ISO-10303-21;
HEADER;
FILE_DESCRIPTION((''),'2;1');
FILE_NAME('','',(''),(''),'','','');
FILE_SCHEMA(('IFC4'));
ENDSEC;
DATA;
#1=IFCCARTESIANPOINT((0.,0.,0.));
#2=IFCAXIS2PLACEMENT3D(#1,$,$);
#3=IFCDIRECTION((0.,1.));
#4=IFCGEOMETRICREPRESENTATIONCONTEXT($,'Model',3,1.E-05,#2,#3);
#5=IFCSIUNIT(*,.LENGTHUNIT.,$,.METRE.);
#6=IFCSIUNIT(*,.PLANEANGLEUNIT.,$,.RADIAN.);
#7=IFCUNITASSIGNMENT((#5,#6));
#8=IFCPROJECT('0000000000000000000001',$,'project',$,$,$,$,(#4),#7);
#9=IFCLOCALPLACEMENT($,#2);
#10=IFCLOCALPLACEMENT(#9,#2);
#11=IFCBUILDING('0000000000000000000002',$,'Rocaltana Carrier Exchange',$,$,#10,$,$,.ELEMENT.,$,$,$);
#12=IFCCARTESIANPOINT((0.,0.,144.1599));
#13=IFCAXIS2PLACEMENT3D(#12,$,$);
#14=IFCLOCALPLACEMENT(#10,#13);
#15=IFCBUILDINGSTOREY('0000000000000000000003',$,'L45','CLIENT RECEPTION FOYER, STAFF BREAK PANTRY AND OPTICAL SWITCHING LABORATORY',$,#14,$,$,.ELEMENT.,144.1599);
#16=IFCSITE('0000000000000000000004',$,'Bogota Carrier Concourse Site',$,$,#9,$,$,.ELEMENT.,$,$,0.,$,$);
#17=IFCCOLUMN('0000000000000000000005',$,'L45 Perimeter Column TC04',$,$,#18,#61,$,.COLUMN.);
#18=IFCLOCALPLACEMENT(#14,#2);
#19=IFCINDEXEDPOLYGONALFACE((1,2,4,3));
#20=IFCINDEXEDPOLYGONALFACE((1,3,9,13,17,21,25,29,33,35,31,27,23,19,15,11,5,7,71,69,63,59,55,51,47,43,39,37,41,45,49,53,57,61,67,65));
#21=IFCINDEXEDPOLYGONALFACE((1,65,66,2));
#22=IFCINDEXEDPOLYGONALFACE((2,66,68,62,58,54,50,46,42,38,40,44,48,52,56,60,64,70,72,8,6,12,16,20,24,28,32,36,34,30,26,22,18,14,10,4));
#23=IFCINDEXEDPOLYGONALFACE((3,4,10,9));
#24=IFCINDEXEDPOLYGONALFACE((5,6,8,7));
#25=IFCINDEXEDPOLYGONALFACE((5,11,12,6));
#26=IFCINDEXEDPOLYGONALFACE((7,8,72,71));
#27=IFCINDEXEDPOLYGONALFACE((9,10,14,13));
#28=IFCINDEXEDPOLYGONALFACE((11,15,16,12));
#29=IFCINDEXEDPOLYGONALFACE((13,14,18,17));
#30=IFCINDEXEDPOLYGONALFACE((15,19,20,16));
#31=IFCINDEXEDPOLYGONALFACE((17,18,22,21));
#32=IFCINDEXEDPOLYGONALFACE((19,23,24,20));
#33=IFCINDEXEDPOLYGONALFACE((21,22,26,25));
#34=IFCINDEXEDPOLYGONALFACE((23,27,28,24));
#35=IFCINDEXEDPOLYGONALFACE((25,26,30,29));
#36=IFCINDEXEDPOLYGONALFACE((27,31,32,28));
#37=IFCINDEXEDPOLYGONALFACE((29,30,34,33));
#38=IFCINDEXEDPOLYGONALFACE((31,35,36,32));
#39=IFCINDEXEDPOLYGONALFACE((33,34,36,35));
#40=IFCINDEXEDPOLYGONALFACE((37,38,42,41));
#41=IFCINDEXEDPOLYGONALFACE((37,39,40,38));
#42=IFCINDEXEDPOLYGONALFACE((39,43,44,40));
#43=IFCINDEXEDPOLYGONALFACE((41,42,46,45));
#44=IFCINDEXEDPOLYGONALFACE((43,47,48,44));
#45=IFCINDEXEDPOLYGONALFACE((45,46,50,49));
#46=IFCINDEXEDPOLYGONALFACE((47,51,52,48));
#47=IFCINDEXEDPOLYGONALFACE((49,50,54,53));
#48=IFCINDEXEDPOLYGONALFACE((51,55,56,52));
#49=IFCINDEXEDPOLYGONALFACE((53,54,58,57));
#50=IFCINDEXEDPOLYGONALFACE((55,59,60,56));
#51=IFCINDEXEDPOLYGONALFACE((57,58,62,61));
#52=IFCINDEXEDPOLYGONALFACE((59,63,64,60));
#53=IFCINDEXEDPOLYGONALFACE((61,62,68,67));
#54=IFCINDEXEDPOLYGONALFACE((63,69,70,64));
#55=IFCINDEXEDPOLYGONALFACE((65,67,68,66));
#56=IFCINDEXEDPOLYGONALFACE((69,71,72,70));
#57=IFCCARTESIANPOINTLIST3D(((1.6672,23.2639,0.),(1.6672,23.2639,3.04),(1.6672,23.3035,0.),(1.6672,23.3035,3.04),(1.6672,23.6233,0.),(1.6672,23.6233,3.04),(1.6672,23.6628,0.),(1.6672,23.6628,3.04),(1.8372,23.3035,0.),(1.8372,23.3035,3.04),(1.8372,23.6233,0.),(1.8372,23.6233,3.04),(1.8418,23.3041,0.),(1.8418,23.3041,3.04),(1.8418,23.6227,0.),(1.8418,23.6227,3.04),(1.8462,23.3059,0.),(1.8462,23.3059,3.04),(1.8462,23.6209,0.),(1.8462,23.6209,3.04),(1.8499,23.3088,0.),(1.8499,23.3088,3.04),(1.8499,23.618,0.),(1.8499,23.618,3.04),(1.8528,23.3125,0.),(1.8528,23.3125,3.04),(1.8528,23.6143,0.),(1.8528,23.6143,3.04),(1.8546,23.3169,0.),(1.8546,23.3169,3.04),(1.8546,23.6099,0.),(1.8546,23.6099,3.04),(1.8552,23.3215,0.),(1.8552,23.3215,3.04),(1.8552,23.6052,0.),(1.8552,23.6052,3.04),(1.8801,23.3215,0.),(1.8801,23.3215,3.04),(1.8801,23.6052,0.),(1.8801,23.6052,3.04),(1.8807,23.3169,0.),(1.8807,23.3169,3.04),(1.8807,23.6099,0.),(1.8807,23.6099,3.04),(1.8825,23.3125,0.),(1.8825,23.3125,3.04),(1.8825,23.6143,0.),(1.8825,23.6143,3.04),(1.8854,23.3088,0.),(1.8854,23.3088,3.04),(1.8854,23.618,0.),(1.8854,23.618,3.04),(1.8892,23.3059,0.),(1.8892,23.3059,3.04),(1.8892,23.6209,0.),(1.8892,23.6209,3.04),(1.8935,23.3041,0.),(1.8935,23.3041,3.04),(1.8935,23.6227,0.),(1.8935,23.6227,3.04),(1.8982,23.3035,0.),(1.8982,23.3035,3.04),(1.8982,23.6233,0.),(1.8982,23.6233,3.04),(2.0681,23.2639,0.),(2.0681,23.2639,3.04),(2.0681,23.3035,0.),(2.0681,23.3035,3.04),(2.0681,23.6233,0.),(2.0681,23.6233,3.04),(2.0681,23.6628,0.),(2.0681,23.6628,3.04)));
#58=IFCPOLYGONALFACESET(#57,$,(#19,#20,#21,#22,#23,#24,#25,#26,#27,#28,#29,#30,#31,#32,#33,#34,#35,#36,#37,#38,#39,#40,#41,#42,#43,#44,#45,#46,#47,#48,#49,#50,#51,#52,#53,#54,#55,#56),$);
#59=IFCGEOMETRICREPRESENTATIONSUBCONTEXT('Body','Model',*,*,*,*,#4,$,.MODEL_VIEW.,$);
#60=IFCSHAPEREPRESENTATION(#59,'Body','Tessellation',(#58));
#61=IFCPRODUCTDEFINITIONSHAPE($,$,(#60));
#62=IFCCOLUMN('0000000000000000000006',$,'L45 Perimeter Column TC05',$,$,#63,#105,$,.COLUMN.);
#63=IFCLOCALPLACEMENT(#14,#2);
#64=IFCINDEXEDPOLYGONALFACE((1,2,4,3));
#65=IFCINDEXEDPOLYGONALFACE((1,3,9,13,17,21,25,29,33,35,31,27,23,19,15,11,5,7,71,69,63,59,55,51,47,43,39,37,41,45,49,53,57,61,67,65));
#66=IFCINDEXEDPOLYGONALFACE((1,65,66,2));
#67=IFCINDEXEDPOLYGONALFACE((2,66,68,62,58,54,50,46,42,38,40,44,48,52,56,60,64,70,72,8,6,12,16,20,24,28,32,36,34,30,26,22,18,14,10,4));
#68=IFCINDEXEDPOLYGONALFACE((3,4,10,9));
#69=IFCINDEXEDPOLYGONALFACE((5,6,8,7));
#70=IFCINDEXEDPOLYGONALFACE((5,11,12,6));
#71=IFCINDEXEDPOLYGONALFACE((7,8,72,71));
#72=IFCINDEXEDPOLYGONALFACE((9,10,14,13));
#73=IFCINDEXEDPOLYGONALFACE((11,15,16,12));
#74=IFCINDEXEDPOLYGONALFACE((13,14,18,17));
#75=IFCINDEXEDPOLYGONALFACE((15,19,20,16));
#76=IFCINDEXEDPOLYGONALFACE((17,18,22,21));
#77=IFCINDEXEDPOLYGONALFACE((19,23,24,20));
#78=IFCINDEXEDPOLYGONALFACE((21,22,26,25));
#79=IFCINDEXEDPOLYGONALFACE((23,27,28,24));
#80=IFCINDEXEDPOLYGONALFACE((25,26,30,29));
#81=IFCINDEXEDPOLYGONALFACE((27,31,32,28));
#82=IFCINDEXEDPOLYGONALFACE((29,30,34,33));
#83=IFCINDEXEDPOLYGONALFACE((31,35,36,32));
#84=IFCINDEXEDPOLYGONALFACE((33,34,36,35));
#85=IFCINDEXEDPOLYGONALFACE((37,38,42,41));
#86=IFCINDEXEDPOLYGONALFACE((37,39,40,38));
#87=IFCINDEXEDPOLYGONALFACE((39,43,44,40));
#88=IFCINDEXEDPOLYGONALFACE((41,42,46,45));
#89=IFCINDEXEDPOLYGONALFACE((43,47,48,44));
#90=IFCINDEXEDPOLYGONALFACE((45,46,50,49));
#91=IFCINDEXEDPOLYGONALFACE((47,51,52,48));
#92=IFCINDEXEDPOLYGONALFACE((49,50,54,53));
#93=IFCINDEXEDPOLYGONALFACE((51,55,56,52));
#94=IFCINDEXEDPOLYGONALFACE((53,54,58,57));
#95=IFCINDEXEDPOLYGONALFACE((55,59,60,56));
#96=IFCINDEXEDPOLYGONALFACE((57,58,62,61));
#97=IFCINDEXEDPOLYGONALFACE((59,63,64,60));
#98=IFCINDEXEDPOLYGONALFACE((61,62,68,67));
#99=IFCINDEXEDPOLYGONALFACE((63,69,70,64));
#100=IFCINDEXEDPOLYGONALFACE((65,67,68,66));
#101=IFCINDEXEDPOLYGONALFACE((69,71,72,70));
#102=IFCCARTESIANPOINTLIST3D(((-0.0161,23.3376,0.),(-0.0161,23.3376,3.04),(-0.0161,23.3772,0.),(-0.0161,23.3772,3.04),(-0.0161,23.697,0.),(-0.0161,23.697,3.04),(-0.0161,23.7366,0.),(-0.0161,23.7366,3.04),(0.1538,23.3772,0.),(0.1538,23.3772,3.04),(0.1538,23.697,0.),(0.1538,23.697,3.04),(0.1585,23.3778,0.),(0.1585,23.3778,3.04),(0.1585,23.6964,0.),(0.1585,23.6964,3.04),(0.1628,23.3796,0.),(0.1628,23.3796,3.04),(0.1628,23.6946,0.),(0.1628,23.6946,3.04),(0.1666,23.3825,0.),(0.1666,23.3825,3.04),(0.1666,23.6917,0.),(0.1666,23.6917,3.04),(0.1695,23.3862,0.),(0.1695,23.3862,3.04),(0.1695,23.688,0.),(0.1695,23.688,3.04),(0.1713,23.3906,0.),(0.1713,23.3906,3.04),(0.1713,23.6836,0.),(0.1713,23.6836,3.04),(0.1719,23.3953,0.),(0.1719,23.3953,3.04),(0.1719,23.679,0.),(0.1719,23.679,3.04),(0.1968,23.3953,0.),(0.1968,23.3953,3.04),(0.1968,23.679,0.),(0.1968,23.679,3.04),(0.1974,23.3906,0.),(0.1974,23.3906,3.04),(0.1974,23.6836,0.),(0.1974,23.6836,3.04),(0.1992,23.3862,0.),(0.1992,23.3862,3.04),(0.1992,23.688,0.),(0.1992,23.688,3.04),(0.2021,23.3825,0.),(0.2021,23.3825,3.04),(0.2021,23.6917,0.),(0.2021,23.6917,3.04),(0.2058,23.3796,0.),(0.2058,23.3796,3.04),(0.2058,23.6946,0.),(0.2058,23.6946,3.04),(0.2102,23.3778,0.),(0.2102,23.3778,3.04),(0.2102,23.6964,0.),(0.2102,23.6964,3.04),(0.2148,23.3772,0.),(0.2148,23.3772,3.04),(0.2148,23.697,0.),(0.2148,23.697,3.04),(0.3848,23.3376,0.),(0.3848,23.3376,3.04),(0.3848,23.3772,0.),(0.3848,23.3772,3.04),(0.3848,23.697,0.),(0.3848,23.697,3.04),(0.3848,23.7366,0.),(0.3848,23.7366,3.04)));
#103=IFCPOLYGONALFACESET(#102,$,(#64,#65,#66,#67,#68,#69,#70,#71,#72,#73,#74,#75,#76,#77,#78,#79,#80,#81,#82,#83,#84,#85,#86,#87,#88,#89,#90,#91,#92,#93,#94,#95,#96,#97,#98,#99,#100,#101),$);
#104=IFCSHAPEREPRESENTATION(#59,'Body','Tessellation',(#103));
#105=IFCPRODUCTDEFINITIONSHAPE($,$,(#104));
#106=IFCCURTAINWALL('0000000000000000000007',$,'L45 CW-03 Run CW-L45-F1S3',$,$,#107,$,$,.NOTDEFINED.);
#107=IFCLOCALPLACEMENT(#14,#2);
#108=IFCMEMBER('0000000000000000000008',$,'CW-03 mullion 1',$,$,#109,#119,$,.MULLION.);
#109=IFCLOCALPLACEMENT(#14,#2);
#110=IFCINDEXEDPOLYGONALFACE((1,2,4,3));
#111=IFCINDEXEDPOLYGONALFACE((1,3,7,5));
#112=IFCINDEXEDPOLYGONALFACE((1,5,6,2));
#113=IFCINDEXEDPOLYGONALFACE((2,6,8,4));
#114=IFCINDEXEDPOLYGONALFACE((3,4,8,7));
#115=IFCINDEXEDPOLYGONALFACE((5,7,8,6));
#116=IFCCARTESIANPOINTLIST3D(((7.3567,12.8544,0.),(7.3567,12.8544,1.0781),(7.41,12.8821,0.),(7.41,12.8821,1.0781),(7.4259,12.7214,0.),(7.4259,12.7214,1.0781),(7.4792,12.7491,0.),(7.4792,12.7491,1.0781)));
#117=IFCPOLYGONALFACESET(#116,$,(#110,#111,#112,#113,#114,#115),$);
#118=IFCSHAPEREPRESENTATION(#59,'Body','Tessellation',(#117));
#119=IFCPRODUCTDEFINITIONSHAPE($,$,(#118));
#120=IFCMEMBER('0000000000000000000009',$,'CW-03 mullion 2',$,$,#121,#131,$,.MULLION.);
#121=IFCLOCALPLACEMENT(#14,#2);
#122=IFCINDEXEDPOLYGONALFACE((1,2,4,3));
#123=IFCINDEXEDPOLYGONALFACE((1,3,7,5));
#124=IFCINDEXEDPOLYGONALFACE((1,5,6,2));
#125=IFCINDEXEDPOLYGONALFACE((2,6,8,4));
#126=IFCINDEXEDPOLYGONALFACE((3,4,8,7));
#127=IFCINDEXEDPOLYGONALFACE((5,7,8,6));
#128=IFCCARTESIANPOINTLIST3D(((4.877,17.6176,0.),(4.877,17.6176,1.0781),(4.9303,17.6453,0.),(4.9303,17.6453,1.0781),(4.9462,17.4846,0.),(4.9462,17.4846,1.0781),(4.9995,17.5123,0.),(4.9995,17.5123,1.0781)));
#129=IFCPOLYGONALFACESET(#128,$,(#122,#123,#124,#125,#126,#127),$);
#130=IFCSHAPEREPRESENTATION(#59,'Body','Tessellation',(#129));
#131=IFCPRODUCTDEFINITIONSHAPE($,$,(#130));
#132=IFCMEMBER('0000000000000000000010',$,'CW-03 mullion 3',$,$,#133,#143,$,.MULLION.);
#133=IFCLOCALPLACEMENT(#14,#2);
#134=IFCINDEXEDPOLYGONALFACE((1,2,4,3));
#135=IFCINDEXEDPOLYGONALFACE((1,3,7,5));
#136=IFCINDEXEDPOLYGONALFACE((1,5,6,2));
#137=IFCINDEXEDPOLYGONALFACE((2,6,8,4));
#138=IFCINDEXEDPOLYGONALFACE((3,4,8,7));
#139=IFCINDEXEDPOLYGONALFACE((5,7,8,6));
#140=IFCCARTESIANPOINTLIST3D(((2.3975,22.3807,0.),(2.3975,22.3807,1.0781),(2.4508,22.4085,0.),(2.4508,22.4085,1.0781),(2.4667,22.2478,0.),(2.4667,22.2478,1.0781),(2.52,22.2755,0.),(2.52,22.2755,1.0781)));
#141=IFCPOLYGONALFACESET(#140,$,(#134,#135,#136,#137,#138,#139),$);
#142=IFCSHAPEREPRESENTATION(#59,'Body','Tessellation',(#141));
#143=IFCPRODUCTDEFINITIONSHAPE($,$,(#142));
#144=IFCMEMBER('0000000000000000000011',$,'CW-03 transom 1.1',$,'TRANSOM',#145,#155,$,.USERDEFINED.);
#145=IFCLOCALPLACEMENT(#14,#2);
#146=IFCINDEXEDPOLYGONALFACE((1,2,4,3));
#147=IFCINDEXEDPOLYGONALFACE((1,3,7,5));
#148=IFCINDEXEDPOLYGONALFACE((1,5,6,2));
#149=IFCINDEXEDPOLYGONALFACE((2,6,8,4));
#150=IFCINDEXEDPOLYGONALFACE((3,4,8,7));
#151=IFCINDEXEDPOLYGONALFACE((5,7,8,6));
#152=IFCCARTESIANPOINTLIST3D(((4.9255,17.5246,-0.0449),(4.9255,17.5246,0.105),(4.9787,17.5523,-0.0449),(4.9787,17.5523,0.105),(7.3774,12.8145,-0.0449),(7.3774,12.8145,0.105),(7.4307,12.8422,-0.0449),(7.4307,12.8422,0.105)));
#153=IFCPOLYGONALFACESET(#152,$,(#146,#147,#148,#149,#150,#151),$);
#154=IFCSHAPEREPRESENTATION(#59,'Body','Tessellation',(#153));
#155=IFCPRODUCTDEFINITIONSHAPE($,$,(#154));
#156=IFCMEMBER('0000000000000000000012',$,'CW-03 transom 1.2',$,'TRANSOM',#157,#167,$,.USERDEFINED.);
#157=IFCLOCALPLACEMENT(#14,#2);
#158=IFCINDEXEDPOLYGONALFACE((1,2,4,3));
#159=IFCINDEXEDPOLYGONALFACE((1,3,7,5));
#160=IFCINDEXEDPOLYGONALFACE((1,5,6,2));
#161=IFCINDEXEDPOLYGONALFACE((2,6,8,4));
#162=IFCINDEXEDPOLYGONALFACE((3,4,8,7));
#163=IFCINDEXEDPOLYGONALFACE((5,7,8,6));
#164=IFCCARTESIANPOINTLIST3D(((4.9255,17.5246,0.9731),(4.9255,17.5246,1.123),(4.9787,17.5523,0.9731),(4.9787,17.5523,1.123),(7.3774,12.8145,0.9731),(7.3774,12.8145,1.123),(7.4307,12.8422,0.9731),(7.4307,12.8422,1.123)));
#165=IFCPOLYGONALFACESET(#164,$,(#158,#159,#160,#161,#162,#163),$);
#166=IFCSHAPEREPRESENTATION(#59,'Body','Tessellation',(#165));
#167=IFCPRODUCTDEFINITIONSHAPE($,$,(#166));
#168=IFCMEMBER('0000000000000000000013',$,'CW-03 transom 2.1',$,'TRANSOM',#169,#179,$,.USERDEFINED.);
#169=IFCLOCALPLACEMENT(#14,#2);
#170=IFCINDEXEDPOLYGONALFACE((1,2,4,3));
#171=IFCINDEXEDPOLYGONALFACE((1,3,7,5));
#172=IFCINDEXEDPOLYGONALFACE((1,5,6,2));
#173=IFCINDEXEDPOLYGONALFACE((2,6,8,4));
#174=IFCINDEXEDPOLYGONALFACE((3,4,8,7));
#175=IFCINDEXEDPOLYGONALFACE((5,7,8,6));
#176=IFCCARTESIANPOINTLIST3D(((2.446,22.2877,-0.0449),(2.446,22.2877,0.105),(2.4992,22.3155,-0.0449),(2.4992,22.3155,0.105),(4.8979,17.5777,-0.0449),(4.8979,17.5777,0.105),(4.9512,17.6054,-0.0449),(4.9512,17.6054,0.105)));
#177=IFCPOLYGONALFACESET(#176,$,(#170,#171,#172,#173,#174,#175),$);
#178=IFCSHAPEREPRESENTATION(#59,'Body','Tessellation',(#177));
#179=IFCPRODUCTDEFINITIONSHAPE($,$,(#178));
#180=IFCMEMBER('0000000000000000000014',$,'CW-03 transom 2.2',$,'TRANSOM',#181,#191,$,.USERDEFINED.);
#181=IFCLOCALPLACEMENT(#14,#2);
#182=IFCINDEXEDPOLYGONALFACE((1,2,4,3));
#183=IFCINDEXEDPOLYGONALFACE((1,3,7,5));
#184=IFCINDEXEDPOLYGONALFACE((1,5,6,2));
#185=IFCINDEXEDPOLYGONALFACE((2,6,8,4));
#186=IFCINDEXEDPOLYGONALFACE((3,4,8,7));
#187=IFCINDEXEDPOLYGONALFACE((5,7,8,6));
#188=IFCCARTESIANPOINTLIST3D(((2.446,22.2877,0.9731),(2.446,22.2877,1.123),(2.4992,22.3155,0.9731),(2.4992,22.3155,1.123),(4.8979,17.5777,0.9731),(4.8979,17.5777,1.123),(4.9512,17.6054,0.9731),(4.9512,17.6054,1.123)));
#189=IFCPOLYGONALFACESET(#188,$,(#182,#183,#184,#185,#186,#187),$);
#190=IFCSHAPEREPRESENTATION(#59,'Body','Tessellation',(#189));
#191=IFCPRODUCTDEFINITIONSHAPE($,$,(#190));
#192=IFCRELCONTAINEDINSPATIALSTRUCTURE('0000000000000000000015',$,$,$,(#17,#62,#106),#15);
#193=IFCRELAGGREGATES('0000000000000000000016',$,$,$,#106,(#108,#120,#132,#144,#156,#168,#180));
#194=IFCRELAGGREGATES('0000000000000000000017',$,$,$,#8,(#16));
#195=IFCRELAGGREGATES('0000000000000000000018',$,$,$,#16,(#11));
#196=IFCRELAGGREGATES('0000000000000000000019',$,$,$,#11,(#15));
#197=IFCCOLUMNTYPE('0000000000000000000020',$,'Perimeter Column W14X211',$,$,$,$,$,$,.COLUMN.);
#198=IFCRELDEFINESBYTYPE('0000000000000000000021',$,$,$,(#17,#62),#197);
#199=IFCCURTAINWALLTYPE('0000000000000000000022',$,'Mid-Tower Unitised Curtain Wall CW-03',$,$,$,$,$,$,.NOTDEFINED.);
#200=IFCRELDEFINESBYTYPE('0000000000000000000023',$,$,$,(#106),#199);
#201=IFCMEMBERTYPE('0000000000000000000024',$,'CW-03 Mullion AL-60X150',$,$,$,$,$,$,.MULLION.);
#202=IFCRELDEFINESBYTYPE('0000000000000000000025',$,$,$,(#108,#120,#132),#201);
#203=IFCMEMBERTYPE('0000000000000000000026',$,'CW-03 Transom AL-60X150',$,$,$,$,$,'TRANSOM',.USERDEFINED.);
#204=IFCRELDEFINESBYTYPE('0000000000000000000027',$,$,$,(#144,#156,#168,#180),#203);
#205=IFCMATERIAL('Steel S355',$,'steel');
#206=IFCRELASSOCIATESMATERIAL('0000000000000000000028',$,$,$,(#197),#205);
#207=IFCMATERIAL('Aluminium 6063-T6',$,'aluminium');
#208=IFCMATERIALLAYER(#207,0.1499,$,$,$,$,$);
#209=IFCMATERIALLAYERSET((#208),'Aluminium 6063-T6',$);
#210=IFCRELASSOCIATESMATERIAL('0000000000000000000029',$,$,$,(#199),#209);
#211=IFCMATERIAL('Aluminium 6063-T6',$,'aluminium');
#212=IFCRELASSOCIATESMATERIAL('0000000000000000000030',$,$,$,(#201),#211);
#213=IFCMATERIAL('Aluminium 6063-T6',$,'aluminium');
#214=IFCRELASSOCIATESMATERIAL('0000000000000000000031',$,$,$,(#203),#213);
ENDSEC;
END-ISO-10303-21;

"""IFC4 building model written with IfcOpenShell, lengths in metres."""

from ifc_helpers import new_model, si_unit, direction, frame, origin, origin_2d, place, context, subcontext, project, spatial, rectangle, i_section, extrude, material, layer, layer_set, material_profile, profile_set, type_object, element, aggregate, save


model = new_model("IFC4")

# Units and contexts
model_context = context("Model", 3, precision=1e-05, world=origin(), true_north=direction((0.0, 1.0)))
body_context = subcontext(model_context, "Body", "Model", "MODEL_VIEW")
ifc_project = project(units=[si_unit("LENGTHUNIT", "METRE"), si_unit("PLANEANGLEUNIT", "RADIAN")], contexts=[model_context])

# Site, building, storey
site_placement = place(None, origin())
site = spatial("IfcSite", under=ifc_project, at=site_placement, Name="Bogota Carrier Concourse Site", CompositionType="ELEMENT", RefElevation=0.0)
building_placement = place(site_placement, origin())
building = spatial("IfcBuilding", under=site, at=building_placement, Name="Rocaltana Carrier Exchange", CompositionType="ELEMENT")
storey_placement = place(building_placement, frame((0.0, 0.0, 144.1599)))
storey = spatial("IfcBuildingStorey", under=building, at=storey_placement, Name="L45", Description="CLIENT RECEPTION FOYER, STAFF BREAK PANTRY AND OPTICAL SWITCHING LABORATORY", CompositionType="ELEMENT", Elevation=144.1599)

# Columns
ifc_material_1 = material(Name="Steel S355", Category="steel")
ifc_material_profile_1 = material_profile(ifc_material_1, i_section(OverallWidth=0.4009, OverallDepth=0.3989, WebThickness=0.0249, FlangeThickness=0.0396, FilletRadius=0.0181, at=origin_2d()), Name="W14X211")
ifc_profile_set_1 = profile_set([ifc_material_profile_1], Name="Steel S355")
column_type = type_object("IfcColumnType", Name="Perimeter Column W14X211", PredefinedType="COLUMN", material=ifc_profile_set_1)
for number, where, z_axis, x_axis, name in (
    (1, (1.8677, 23.4634, 0.0), (0.0, 0.0, 1.0), (1.0, 0.0, 0.0), "L45 Perimeter Column TC04"),
    (2, (0.1843, 23.5371, 0.0), (0.0, 0.0, 1.0), (1.0, 0.0, 0.0), "L45 Perimeter Column TC05"),
):
    element("IfcColumn", number, at=place(storey_placement, frame(where, z_axis=z_axis, x_axis=x_axis)), inside=storey, type_object=column_type, Name=name, PredefinedType="COLUMN", context=body_context, shape_type="SweptSolid", body=[
        extrude(i_section(OverallWidth=0.4009, OverallDepth=0.3989, WebThickness=0.0249, FlangeThickness=0.0396, FilletRadius=0.0181, at=origin_2d()), origin(), (0.0, 0.0, 1.0), 3.04),
    ])

# Curtain wall, members
ifc_material_2 = material(Name="Aluminium 6063-T6", Category="aluminium")
ifc_layer_1 = layer(ifc_material_2, 0.1499)
ifc_layer_set_1 = layer_set([ifc_layer_1], Name="Aluminium 6063-T6")
curtain_wall_type = type_object("IfcCurtainWallType", Name="Mid-Tower Unitised Curtain Wall CW-03", PredefinedType="NOTDEFINED", material=ifc_layer_set_1)
curtain_wall_placement = place(storey_placement, origin())
curtain_wall = element("IfcCurtainWall", 3, at=curtain_wall_placement, inside=storey, type_object=curtain_wall_type, Name="L45 CW-03 Run CW-L45-F1S3", PredefinedType="NOTDEFINED")
ifc_material_3 = material(Name="Aluminium 6063-T6", Category="aluminium")
ifc_material_profile_2 = material_profile(ifc_material_3, rectangle(XDim=0.0601, YDim=0.1499, at=origin_2d()), Name="AL-60X150")
ifc_profile_set_2 = profile_set([ifc_material_profile_2], Name="Aluminium 6063-T6")
member_type_1 = type_object("IfcMemberType", Name="CW-03 Mullion AL-60X150", PredefinedType="MULLION", material=ifc_profile_set_2)
member_1_placement = place(storey_placement, frame((7.418, 12.8018, 0.0), z_axis=(0.0, 0.0, 1.0), x_axis=(-0.887008, -0.461754, 0.0)))
member_1 = element("IfcMember", 4, at=member_1_placement, type_object=member_type_1, Name="CW-03 mullion 1", PredefinedType="MULLION", context=body_context, shape_type="SweptSolid", body=[
    extrude(rectangle(XDim=0.0601, YDim=0.1499, at=origin_2d()), origin(), (0.0, 0.0, 1.0), 1.0781),
])
member_2_placement = place(storey_placement, frame((4.9382, 17.5649, 0.0), z_axis=(0.0, 0.0, 1.0), x_axis=(-0.887008, -0.461754, 0.0)))
member_2 = element("IfcMember", 5, at=member_2_placement, type_object=member_type_1, Name="CW-03 mullion 2", PredefinedType="MULLION", context=body_context, shape_type="SweptSolid", body=[
    extrude(rectangle(XDim=0.0601, YDim=0.1499, at=origin_2d()), origin(), (0.0, 0.0, 1.0), 1.0781),
])
member_3_placement = place(storey_placement, frame((2.4587, 22.3281, 0.0), z_axis=(0.0, 0.0, 1.0), x_axis=(-0.887008, -0.461754, 0.0)))
member_3 = element("IfcMember", 6, at=member_3_placement, type_object=member_type_1, Name="CW-03 mullion 3", PredefinedType="MULLION", context=body_context, shape_type="SweptSolid", body=[
    extrude(rectangle(XDim=0.0601, YDim=0.1499, at=origin_2d()), origin(), (0.0, 0.0, 1.0), 1.0781),
])
ifc_material_4 = material(Name="Aluminium 6063-T6", Category="aluminium")
ifc_material_profile_3 = material_profile(ifc_material_4, rectangle(XDim=0.0601, YDim=0.1499, at=origin_2d()), Name="AL-60X150")
ifc_profile_set_3 = profile_set([ifc_material_profile_3], Name="Aluminium 6063-T6")
member_type_2 = type_object("IfcMemberType", Name="CW-03 Transom AL-60X150", ElementType="TRANSOM", PredefinedType="USERDEFINED", material=ifc_profile_set_3)
member_4_placement = place(storey_placement, frame((7.4041, 12.8284, 0.03), z_axis=(-0.461757, 0.887007, 0.0), x_axis=(-0.887007, -0.461757, 0.0)))
member_4 = element("IfcMember", 7, at=member_4_placement, type_object=member_type_2, Name="CW-03 transom 1.1", ObjectType="TRANSOM", PredefinedType="USERDEFINED", context=body_context, shape_type="SweptSolid", body=[
    extrude(rectangle(XDim=0.0601, YDim=0.1499, at=origin_2d()), origin(), (0.0, 0.0, 1.0), 5.3101),
])
member_5_placement = place(storey_placement, frame((7.4041, 12.8284, 1.0481), z_axis=(-0.461757, 0.887007, 0.0), x_axis=(-0.887007, -0.461757, 0.0)))
member_5 = element("IfcMember", 8, at=member_5_placement, type_object=member_type_2, Name="CW-03 transom 1.2", ObjectType="TRANSOM", PredefinedType="USERDEFINED", context=body_context, shape_type="SweptSolid", body=[
    extrude(rectangle(XDim=0.0601, YDim=0.1499, at=origin_2d()), origin(), (0.0, 0.0, 1.0), 5.3101),
])
member_6_placement = place(storey_placement, frame((4.9246, 17.5916, 0.03), z_axis=(-0.461757, 0.887007, 0.0), x_axis=(-0.887007, -0.461757, 0.0)))
member_6 = element("IfcMember", 9, at=member_6_placement, type_object=member_type_2, Name="CW-03 transom 2.1", ObjectType="TRANSOM", PredefinedType="USERDEFINED", context=body_context, shape_type="SweptSolid", body=[
    extrude(rectangle(XDim=0.0601, YDim=0.1499, at=origin_2d()), origin(), (0.0, 0.0, 1.0), 5.3101),
])
member_7_placement = place(storey_placement, frame((4.9246, 17.5916, 1.0481), z_axis=(-0.461757, 0.887007, 0.0), x_axis=(-0.887007, -0.461757, 0.0)))
member_7 = element("IfcMember", 10, at=member_7_placement, type_object=member_type_2, Name="CW-03 transom 2.2", ObjectType="TRANSOM", PredefinedType="USERDEFINED", context=body_context, shape_type="SweptSolid", body=[
    extrude(rectangle(XDim=0.0601, YDim=0.1499, at=origin_2d()), origin(), (0.0, 0.0, 1.0), 5.3101),
])

aggregate(curtain_wall, [member_1, member_2, member_3, member_4, member_5, member_6, member_7])

save(model, "model.ifc")
